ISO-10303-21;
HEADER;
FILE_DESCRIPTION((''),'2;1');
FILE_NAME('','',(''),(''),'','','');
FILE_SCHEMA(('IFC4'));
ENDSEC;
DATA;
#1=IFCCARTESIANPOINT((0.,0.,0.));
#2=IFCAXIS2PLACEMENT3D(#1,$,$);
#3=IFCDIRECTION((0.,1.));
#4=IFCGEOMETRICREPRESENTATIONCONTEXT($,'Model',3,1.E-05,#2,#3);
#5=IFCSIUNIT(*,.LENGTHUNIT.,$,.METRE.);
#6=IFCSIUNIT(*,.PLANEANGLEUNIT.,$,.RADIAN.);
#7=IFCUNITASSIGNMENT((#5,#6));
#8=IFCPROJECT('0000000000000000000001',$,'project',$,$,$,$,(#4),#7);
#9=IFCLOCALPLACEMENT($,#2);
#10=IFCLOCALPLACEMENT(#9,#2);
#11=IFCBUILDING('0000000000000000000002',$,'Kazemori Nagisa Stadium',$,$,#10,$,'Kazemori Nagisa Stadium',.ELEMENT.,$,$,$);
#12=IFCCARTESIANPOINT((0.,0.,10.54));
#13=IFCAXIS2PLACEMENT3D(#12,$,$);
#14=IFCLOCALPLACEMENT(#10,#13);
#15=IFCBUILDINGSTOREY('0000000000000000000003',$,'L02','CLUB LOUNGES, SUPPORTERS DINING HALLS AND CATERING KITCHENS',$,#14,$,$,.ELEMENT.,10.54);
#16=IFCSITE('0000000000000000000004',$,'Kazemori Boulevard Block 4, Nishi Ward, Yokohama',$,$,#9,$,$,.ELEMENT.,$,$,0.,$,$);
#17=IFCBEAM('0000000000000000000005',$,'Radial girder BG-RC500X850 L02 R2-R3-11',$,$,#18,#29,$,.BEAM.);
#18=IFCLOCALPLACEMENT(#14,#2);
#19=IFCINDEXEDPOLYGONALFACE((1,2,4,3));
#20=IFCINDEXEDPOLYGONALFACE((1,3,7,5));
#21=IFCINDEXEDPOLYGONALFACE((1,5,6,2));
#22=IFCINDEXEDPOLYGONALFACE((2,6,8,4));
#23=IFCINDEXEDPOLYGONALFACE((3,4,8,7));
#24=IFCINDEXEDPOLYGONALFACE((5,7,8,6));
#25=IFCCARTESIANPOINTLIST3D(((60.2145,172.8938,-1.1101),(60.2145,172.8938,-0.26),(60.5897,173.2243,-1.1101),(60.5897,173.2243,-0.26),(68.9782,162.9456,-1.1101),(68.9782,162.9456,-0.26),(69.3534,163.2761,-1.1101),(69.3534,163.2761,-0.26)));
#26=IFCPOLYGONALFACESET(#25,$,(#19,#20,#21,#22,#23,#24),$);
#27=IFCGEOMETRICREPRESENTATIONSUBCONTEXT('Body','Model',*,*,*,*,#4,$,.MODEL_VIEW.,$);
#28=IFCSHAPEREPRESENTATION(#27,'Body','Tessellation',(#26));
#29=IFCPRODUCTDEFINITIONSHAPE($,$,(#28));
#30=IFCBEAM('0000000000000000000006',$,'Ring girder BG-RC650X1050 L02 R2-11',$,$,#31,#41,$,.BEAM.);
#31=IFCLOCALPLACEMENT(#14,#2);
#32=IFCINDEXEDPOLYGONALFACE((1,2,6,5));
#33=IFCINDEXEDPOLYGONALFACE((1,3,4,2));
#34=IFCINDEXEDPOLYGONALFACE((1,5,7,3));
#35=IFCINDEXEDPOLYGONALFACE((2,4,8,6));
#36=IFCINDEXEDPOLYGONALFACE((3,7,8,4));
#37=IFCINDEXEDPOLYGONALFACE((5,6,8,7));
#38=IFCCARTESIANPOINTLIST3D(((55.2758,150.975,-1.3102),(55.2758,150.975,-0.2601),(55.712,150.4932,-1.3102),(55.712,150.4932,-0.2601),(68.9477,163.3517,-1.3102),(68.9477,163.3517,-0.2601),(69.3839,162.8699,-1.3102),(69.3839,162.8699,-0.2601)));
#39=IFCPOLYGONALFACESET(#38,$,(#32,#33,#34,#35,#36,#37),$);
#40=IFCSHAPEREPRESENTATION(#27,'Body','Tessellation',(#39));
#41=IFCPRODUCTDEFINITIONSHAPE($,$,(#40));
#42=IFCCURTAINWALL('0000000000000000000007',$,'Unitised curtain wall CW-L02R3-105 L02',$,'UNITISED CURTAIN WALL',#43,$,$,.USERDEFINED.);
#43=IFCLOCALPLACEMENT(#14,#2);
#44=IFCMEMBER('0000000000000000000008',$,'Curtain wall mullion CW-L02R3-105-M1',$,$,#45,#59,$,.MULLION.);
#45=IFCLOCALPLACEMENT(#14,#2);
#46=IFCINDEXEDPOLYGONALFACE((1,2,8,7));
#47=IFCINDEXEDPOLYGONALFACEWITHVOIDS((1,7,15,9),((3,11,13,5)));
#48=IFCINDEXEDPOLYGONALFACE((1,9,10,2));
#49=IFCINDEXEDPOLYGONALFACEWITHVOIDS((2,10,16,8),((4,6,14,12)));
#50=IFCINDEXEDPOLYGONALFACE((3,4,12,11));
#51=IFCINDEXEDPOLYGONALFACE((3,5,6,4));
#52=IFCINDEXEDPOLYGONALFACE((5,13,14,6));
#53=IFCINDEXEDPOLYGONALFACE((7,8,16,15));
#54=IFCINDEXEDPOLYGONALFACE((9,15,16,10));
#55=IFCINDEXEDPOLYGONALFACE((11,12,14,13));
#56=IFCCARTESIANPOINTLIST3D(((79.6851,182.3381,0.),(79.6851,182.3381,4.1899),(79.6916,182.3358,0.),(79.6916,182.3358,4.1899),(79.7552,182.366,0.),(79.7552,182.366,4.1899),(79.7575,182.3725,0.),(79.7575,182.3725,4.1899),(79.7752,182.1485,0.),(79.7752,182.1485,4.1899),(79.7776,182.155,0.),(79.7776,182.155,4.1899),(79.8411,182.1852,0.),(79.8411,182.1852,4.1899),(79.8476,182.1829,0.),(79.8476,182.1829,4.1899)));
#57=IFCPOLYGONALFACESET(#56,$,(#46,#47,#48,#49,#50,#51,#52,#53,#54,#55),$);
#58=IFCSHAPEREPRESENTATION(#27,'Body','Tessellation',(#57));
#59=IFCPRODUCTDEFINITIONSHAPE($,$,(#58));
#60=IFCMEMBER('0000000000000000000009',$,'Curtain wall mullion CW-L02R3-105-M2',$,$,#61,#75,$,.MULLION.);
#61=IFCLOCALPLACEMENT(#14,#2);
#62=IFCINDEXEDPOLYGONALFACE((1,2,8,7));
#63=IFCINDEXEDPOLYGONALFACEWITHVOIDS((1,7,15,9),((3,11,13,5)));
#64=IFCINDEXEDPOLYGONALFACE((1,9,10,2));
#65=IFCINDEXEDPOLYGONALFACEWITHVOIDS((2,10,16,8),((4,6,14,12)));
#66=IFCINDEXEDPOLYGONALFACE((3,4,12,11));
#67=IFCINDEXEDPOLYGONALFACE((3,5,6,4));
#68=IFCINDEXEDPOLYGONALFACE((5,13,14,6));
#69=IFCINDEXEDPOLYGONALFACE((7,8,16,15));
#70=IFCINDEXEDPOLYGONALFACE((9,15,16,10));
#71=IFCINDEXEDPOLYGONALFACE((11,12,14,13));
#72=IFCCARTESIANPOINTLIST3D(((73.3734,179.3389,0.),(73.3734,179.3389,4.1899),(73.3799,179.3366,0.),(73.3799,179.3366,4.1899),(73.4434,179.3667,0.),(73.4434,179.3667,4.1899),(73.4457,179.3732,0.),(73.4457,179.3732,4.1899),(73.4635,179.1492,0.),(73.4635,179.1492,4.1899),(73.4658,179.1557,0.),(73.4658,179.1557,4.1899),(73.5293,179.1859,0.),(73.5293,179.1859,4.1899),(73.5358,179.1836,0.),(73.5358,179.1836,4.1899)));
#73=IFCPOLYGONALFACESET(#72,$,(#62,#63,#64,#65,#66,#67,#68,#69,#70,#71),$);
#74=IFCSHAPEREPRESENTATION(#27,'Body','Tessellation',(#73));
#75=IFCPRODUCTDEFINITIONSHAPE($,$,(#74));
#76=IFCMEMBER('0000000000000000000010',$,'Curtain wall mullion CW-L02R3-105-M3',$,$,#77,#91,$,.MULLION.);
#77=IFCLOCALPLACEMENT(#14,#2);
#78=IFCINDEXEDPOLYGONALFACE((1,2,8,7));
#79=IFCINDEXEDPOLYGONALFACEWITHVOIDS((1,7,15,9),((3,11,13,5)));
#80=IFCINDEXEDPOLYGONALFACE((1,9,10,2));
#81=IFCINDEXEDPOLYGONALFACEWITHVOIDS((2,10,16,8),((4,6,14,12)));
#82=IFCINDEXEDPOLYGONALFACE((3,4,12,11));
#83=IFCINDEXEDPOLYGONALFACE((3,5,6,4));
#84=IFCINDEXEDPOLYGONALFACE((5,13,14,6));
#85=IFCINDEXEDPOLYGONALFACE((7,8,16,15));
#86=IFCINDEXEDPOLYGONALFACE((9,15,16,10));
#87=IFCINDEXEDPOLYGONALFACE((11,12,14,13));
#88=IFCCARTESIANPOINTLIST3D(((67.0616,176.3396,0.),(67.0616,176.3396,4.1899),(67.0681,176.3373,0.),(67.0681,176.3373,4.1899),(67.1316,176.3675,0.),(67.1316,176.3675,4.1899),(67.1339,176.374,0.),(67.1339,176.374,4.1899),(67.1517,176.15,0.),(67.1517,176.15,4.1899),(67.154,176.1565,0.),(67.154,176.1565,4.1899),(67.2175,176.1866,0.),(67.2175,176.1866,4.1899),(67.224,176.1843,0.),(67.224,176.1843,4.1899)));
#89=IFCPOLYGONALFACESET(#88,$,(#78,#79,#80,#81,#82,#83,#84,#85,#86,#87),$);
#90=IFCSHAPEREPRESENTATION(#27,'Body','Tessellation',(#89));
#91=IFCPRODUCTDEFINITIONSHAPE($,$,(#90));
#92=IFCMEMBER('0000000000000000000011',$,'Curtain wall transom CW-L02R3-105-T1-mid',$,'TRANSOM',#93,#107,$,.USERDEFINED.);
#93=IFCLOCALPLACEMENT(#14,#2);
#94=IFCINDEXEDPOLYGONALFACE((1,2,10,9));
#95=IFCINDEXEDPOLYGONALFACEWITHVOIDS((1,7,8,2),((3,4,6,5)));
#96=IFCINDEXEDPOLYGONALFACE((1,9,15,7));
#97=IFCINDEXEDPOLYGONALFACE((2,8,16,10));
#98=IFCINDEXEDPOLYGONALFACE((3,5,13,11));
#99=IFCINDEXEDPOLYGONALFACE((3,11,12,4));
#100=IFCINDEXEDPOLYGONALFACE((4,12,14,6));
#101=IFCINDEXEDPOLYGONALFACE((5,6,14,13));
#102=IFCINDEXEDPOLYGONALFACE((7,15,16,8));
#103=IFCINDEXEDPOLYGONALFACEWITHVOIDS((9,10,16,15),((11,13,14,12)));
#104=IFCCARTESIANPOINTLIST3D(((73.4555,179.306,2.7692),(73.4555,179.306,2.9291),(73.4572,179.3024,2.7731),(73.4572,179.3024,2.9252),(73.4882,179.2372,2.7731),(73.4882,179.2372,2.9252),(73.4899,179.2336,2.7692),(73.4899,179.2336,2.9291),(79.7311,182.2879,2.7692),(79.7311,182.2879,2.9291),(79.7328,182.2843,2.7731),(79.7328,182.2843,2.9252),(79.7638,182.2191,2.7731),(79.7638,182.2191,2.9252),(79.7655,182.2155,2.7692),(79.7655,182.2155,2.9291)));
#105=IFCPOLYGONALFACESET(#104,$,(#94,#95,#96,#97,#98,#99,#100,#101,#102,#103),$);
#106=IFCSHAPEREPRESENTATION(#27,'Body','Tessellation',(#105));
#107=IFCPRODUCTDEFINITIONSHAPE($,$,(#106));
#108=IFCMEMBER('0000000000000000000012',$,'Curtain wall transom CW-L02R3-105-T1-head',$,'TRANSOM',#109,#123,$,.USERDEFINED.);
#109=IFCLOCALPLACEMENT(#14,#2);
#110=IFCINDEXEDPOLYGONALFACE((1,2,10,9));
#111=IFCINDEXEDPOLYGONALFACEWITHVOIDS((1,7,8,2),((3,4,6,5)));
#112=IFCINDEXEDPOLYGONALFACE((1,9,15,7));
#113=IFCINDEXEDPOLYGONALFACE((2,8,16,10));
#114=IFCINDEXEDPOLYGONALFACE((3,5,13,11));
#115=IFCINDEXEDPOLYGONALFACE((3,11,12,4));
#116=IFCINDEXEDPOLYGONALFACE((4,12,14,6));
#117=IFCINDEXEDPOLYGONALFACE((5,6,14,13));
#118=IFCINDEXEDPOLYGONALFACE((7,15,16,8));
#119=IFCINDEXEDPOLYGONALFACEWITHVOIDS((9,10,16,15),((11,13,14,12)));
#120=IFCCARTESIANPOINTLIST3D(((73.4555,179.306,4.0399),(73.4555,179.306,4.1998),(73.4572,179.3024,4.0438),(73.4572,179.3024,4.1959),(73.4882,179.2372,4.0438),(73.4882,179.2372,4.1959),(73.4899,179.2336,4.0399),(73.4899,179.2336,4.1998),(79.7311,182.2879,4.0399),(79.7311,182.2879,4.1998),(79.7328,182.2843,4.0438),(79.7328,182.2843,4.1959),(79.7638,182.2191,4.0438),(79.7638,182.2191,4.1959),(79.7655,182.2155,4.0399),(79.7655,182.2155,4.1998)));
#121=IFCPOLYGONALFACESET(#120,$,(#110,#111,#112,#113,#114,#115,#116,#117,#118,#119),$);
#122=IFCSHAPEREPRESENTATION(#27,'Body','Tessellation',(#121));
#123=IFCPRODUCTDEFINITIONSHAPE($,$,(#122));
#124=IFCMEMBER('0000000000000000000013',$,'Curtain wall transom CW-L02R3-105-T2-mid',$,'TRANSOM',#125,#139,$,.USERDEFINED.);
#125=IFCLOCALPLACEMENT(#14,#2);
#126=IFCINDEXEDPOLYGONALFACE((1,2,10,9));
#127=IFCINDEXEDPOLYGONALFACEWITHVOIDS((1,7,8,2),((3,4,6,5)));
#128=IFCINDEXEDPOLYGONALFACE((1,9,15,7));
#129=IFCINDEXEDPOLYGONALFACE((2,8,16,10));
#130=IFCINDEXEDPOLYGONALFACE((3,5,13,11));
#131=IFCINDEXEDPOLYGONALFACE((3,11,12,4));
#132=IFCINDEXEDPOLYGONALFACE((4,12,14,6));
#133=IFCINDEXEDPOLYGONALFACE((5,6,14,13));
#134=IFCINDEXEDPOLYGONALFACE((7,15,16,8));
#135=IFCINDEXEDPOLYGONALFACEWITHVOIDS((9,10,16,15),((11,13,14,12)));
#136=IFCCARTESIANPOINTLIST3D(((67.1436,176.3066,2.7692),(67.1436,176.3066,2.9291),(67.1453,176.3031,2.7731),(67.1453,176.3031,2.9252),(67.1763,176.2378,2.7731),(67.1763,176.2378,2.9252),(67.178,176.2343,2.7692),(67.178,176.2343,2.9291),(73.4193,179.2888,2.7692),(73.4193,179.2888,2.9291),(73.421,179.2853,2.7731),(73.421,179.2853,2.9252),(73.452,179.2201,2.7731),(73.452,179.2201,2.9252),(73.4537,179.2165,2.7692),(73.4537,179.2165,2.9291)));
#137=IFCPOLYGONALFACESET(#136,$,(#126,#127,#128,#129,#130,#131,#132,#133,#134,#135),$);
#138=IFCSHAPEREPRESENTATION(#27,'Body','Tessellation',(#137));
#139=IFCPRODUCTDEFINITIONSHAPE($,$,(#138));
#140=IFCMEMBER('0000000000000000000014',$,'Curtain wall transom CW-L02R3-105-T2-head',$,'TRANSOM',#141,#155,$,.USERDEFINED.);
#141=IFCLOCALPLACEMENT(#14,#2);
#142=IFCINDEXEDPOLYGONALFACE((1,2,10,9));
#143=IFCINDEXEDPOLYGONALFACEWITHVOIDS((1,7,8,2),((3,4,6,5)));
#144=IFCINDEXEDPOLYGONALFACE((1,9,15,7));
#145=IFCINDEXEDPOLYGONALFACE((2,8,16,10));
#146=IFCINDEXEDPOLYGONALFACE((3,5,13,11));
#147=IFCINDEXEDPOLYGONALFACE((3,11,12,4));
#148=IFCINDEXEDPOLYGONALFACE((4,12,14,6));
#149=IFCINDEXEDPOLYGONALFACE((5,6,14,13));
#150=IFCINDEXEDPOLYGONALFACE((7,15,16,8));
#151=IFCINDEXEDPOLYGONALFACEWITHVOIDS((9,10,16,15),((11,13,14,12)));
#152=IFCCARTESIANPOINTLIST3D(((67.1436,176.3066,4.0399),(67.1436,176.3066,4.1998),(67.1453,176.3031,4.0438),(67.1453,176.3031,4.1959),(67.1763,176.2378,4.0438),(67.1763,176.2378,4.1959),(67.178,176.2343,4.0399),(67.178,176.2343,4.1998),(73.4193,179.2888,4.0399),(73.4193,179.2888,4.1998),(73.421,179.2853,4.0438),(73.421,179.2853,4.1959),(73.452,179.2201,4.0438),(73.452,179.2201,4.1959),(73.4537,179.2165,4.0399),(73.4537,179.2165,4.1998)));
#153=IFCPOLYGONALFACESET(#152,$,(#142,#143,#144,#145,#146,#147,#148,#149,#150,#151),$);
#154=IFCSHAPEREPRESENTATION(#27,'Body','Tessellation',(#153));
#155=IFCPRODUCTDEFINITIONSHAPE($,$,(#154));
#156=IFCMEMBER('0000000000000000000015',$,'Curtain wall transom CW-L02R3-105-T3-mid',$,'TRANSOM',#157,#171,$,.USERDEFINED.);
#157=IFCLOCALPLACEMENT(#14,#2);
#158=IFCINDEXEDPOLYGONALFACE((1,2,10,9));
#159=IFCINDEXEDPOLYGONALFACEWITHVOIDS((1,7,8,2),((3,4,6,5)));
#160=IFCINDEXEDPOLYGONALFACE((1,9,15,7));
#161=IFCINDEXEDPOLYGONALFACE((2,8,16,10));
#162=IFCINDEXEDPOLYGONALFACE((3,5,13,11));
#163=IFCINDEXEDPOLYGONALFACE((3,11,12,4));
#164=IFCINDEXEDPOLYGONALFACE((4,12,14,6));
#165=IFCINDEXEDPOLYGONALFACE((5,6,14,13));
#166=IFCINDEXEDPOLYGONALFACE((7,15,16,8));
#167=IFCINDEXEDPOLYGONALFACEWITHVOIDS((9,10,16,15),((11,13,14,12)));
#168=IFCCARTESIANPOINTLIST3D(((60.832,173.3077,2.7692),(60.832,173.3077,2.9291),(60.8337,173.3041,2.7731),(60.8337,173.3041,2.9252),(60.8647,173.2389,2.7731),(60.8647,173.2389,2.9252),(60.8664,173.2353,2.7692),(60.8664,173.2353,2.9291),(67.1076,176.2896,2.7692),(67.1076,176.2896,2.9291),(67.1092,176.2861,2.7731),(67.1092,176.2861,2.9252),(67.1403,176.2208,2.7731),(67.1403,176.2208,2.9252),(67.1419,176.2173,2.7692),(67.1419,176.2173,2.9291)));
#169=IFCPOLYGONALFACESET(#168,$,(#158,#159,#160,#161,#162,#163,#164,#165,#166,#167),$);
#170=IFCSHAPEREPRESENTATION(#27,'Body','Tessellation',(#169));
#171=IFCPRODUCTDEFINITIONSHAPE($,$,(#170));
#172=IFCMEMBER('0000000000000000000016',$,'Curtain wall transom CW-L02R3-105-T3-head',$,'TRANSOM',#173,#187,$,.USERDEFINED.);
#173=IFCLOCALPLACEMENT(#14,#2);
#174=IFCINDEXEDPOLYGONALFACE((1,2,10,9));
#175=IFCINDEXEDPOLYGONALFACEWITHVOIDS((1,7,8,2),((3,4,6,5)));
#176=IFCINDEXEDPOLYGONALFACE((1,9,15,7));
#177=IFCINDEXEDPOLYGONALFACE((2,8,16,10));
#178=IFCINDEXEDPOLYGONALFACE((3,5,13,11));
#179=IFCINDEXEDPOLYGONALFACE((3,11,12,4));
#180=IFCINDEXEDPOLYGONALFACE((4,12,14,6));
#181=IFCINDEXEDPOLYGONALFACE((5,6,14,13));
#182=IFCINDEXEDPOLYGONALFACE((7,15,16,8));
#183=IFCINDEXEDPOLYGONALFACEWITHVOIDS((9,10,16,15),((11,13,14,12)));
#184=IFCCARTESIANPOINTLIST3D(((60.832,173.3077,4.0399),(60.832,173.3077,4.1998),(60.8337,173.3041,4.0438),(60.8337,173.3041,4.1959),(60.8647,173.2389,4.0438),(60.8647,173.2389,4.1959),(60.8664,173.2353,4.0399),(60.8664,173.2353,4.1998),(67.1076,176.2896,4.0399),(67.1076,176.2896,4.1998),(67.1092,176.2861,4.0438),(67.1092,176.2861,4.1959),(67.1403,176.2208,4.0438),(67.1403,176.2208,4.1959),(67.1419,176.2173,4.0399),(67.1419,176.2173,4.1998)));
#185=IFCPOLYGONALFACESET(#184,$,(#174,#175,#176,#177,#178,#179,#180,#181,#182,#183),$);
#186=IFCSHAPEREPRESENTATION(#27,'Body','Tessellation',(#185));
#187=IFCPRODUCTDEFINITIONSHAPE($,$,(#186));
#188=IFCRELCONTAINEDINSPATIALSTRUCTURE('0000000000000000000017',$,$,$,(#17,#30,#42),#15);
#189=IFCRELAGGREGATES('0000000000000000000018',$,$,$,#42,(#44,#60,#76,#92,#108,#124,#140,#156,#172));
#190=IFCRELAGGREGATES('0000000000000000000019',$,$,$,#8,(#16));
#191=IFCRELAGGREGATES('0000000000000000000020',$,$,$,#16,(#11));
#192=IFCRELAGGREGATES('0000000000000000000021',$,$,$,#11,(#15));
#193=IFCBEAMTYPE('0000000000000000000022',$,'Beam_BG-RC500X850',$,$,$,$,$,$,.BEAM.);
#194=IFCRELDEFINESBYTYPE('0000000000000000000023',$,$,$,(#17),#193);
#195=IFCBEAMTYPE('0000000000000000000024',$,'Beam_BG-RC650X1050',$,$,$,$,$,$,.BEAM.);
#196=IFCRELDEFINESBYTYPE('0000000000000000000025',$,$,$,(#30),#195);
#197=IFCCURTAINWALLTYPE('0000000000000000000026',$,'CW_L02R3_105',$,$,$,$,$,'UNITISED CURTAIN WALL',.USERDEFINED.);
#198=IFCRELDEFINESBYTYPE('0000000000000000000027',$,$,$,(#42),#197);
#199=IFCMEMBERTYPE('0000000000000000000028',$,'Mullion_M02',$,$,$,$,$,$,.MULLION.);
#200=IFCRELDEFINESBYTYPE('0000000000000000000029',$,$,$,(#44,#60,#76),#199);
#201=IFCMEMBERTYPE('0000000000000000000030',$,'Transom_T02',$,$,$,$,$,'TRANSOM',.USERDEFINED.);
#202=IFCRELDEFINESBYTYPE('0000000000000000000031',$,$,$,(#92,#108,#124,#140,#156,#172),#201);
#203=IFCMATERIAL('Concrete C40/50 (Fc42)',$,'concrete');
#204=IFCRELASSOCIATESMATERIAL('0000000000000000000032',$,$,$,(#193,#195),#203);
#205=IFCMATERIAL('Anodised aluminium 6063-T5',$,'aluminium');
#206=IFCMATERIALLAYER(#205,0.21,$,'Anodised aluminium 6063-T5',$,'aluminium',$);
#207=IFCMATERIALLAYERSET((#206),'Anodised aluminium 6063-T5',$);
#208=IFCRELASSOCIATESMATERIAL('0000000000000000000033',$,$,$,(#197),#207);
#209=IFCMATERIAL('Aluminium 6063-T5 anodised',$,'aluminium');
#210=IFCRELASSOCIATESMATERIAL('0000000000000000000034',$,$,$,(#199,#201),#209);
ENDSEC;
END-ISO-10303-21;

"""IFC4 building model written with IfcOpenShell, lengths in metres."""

from ifc_helpers import new_model, si_unit, direction, frame, origin, origin_2d, place, context, subcontext, project, spatial, rectangle, hollow_rectangle, extrude, material, layer, layer_set, material_profile, profile_set, type_object, element, aggregate, save


model = new_model("IFC4")

# Units and contexts
model_context = context("Model", 3, precision=1e-05, world=origin(), true_north=direction((0.0, 1.0)))
body_context = subcontext(model_context, "Body", "Model", "MODEL_VIEW")
ifc_project = project(units=[si_unit("LENGTHUNIT", "METRE"), si_unit("PLANEANGLEUNIT", "RADIAN")], contexts=[model_context])

# Site, building, storey
site_placement = place(None, origin())
site = spatial("IfcSite", under=ifc_project, at=site_placement, Name="Kazemori Boulevard Block 4, Nishi Ward, Yokohama", CompositionType="ELEMENT", RefElevation=0.0)
building_placement = place(site_placement, origin())
building = spatial("IfcBuilding", under=site, at=building_placement, Name="Kazemori Nagisa Stadium", LongName="Kazemori Nagisa Stadium", CompositionType="ELEMENT")
storey_placement = place(building_placement, frame((0.0, 0.0, 10.54)))
storey = spatial("IfcBuildingStorey", under=building, at=storey_placement, Name="L02", Description="CLUB LOUNGES, SUPPORTERS DINING HALLS AND CATERING KITCHENS", CompositionType="ELEMENT", Elevation=10.54)

# Beams
ifc_material_1 = material(Name="Concrete C40/50 (Fc42)", Category="concrete")
ifc_material_profile_1 = material_profile(ifc_material_1, rectangle(XDim=0.5, YDim=0.8501, at=origin_2d()), Name="RC-BM-500x850")
ifc_profile_set_1 = profile_set([ifc_material_profile_1], Name="Concrete C40/50 (Fc42)")
beam_type_1 = type_object("IfcBeamType", Name="Beam_BG-RC500X850", PredefinedType="BEAM", material=ifc_profile_set_1)
beam_1_placement = place(storey_placement, frame((69.1658, 163.1108, -0.6851), z_axis=(-0.66102, 0.750369, 0.0), x_axis=(-0.750369, -0.66102, 0.0)))
element("IfcBeam", 1, at=beam_1_placement, inside=storey, type_object=beam_type_1, Name="Radial girder BG-RC500X850 L02 R2-R3-11", PredefinedType="BEAM", context=body_context, shape_type="SweptSolid", body=[
    extrude(rectangle(XDim=0.5, YDim=0.8501, at=origin_2d()), origin(), (0.0, 0.0, 1.0), 13.2578),
])
ifc_material_profile_2 = material_profile(ifc_material_1, rectangle(XDim=0.6499, YDim=1.05, at=origin_2d()), Name="RC-BM-650x1050")
ifc_profile_set_2 = profile_set([ifc_material_profile_2], Name="Concrete C40/50 (Fc42)")
beam_type_2 = type_object("IfcBeamType", Name="Beam_BG-RC650X1050", PredefinedType="BEAM", material=ifc_profile_set_2)
beam_2_placement = place(storey_placement, frame((69.1658, 163.1108, -0.7852), z_axis=(-0.741349, -0.67112, 0.0), x_axis=(0.67112, -0.741349, 0.0)))
element("IfcBeam", 2, at=beam_2_placement, inside=storey, type_object=beam_type_2, Name="Ring girder BG-RC650X1050 L02 R2-11", PredefinedType="BEAM", context=body_context, shape_type="SweptSolid", body=[
    extrude(rectangle(XDim=0.6499, YDim=1.05, at=origin_2d()), origin(), (0.0, 0.0, 1.0), 18.4419),
])

# Curtain wall, members
ifc_material_2 = material(Name="Anodised aluminium 6063-T5", Category="aluminium")
ifc_layer_1 = layer(ifc_material_2, 0.21, Name="Anodised aluminium 6063-T5", Category="aluminium")
ifc_layer_set_1 = layer_set([ifc_layer_1], Name="Anodised aluminium 6063-T5")
curtain_wall_type = type_object("IfcCurtainWallType", Name="CW_L02R3_105", ElementType="UNITISED CURTAIN WALL", PredefinedType="USERDEFINED", material=ifc_layer_set_1)
curtain_wall_placement = place(storey_placement, origin())
curtain_wall = element("IfcCurtainWall", 3, at=curtain_wall_placement, inside=storey, type_object=curtain_wall_type, Name="Unitised curtain wall CW-L02R3-105 L02", ObjectType="UNITISED CURTAIN WALL", PredefinedType="USERDEFINED")
ifc_material_3 = material(Name="Aluminium 6063-T5 anodised", Category="aluminium")
ifc_material_profile_3 = material_profile(ifc_material_3, hollow_rectangle(XDim=0.0801, YDim=0.21, WallThickness=0.0049, at=origin_2d()), Name="ALU-MULL-80x210x5")
ifc_profile_set_3 = profile_set([ifc_material_profile_3], Name="Aluminium 6063-T5 anodised")
member_type_1 = type_object("IfcMemberType", Name="Mullion_M02", PredefinedType="MULLION", material=ifc_profile_set_3)
member_1_placement = place(storey_placement, frame((79.7664, 182.2605, 0.0), z_axis=(0.0, 0.0, 1.0), x_axis=(-0.903216, -0.429186, 0.0)))
member_1 = element("IfcMember", 4, at=member_1_placement, type_object=member_type_1, Name="Curtain wall mullion CW-L02R3-105-M1", PredefinedType="MULLION", context=body_context, shape_type="SweptSolid", body=[
    extrude(hollow_rectangle(XDim=0.0801, YDim=0.21, WallThickness=0.0049, at=origin_2d()), origin(), (0.0, 0.0, 1.0), 4.1899),
])
member_2_placement = place(storey_placement, frame((73.4546, 179.2612, 0.0), z_axis=(0.0, 0.0, 1.0), x_axis=(-0.903216, -0.429186, 0.0)))
member_2 = element("IfcMember", 5, at=member_2_placement, type_object=member_type_1, Name="Curtain wall mullion CW-L02R3-105-M2", PredefinedType="MULLION", context=body_context, shape_type="SweptSolid", body=[
    extrude(hollow_rectangle(XDim=0.0801, YDim=0.21, WallThickness=0.0049, at=origin_2d()), origin(), (0.0, 0.0, 1.0), 4.1899),
])
member_3_placement = place(storey_placement, frame((67.1428, 176.262, 0.0), z_axis=(0.0, 0.0, 1.0), x_axis=(-0.903216, -0.429186, 0.0)))
member_3 = element("IfcMember", 6, at=member_3_placement, type_object=member_type_1, Name="Curtain wall mullion CW-L02R3-105-M3", PredefinedType="MULLION", context=body_context, shape_type="SweptSolid", body=[
    extrude(hollow_rectangle(XDim=0.0801, YDim=0.21, WallThickness=0.0049, at=origin_2d()), origin(), (0.0, 0.0, 1.0), 4.1899),
])
ifc_material_profile_4 = material_profile(ifc_material_3, hollow_rectangle(XDim=0.0801, YDim=0.1599, WallThickness=0.0039, at=origin_2d()), Name="ALU-TRAN-80x160x4")
ifc_profile_set_4 = profile_set([ifc_material_profile_4], Name="Aluminium 6063-T5 anodised")
member_type_2 = type_object("IfcMemberType", Name="Transom_T02", ElementType="TRANSOM", PredefinedType="USERDEFINED", material=ifc_profile_set_4)
member_4_placement = place(storey_placement, frame((79.7483, 182.2517, 2.8491), z_axis=(-0.903221, -0.429175, 0.0), x_axis=(0.429175, -0.903221, 0.0)))
member_4 = element("IfcMember", 7, at=member_4_placement, type_object=member_type_2, Name="Curtain wall transom CW-L02R3-105-T1-mid", ObjectType="TRANSOM", PredefinedType="USERDEFINED", context=body_context, shape_type="SweptSolid", body=[
    extrude(hollow_rectangle(XDim=0.0801, YDim=0.1599, WallThickness=0.0039, at=origin_2d()), origin(), (0.0, 0.0, 1.0), 6.948),
])
member_5_placement = place(storey_placement, frame((79.7483, 182.2517, 4.1199), z_axis=(-0.903221, -0.429175, 0.0), x_axis=(0.429175, -0.903221, 0.0)))
member_5 = element("IfcMember", 8, at=member_5_placement, type_object=member_type_2, Name="Curtain wall transom CW-L02R3-105-T1-head", ObjectType="TRANSOM", PredefinedType="USERDEFINED", context=body_context, shape_type="SweptSolid", body=[
    extrude(hollow_rectangle(XDim=0.0801, YDim=0.1599, WallThickness=0.0039, at=origin_2d()), origin(), (0.0, 0.0, 1.0), 6.948),
])
member_6_placement = place(storey_placement, frame((73.4365, 179.2527, 2.8491), z_axis=(-0.903208, -0.429204, 0.0), x_axis=(0.429204, -0.903208, 0.0)))
member_6 = element("IfcMember", 9, at=member_6_placement, type_object=member_type_2, Name="Curtain wall transom CW-L02R3-105-T2-mid", ObjectType="TRANSOM", PredefinedType="USERDEFINED", context=body_context, shape_type="SweptSolid", body=[
    extrude(hollow_rectangle(XDim=0.0801, YDim=0.1599, WallThickness=0.0039, at=origin_2d()), origin(), (0.0, 0.0, 1.0), 6.9482),
])
member_7_placement = place(storey_placement, frame((73.4365, 179.2527, 4.1199), z_axis=(-0.903208, -0.429204, 0.0), x_axis=(0.429204, -0.903208, 0.0)))
member_7 = element("IfcMember", 10, at=member_7_placement, type_object=member_type_2, Name="Curtain wall transom CW-L02R3-105-T2-head", ObjectType="TRANSOM", PredefinedType="USERDEFINED", context=body_context, shape_type="SweptSolid", body=[
    extrude(hollow_rectangle(XDim=0.0801, YDim=0.1599, WallThickness=0.0039, at=origin_2d()), origin(), (0.0, 0.0, 1.0), 6.9482),
])
member_8_placement = place(storey_placement, frame((67.1248, 176.2534, 2.8491), z_axis=(-0.903221, -0.429175, 0.0), x_axis=(0.429175, -0.903221, 0.0)))
member_8 = element("IfcMember", 11, at=member_8_placement, type_object=member_type_2, Name="Curtain wall transom CW-L02R3-105-T3-mid", ObjectType="TRANSOM", PredefinedType="USERDEFINED", context=body_context, shape_type="SweptSolid", body=[
    extrude(hollow_rectangle(XDim=0.0801, YDim=0.1599, WallThickness=0.0039, at=origin_2d()), origin(), (0.0, 0.0, 1.0), 6.948),
])
member_9_placement = place(storey_placement, frame((67.1248, 176.2534, 4.1199), z_axis=(-0.903221, -0.429175, 0.0), x_axis=(0.429175, -0.903221, 0.0)))
member_9 = element("IfcMember", 12, at=member_9_placement, type_object=member_type_2, Name="Curtain wall transom CW-L02R3-105-T3-head", ObjectType="TRANSOM", PredefinedType="USERDEFINED", context=body_context, shape_type="SweptSolid", body=[
    extrude(hollow_rectangle(XDim=0.0801, YDim=0.1599, WallThickness=0.0039, at=origin_2d()), origin(), (0.0, 0.0, 1.0), 6.948),
])
aggregate(curtain_wall, [member_1, member_2, member_3, member_4, member_5, member_6, member_7, member_8, member_9])

save(model, "model.ifc")
